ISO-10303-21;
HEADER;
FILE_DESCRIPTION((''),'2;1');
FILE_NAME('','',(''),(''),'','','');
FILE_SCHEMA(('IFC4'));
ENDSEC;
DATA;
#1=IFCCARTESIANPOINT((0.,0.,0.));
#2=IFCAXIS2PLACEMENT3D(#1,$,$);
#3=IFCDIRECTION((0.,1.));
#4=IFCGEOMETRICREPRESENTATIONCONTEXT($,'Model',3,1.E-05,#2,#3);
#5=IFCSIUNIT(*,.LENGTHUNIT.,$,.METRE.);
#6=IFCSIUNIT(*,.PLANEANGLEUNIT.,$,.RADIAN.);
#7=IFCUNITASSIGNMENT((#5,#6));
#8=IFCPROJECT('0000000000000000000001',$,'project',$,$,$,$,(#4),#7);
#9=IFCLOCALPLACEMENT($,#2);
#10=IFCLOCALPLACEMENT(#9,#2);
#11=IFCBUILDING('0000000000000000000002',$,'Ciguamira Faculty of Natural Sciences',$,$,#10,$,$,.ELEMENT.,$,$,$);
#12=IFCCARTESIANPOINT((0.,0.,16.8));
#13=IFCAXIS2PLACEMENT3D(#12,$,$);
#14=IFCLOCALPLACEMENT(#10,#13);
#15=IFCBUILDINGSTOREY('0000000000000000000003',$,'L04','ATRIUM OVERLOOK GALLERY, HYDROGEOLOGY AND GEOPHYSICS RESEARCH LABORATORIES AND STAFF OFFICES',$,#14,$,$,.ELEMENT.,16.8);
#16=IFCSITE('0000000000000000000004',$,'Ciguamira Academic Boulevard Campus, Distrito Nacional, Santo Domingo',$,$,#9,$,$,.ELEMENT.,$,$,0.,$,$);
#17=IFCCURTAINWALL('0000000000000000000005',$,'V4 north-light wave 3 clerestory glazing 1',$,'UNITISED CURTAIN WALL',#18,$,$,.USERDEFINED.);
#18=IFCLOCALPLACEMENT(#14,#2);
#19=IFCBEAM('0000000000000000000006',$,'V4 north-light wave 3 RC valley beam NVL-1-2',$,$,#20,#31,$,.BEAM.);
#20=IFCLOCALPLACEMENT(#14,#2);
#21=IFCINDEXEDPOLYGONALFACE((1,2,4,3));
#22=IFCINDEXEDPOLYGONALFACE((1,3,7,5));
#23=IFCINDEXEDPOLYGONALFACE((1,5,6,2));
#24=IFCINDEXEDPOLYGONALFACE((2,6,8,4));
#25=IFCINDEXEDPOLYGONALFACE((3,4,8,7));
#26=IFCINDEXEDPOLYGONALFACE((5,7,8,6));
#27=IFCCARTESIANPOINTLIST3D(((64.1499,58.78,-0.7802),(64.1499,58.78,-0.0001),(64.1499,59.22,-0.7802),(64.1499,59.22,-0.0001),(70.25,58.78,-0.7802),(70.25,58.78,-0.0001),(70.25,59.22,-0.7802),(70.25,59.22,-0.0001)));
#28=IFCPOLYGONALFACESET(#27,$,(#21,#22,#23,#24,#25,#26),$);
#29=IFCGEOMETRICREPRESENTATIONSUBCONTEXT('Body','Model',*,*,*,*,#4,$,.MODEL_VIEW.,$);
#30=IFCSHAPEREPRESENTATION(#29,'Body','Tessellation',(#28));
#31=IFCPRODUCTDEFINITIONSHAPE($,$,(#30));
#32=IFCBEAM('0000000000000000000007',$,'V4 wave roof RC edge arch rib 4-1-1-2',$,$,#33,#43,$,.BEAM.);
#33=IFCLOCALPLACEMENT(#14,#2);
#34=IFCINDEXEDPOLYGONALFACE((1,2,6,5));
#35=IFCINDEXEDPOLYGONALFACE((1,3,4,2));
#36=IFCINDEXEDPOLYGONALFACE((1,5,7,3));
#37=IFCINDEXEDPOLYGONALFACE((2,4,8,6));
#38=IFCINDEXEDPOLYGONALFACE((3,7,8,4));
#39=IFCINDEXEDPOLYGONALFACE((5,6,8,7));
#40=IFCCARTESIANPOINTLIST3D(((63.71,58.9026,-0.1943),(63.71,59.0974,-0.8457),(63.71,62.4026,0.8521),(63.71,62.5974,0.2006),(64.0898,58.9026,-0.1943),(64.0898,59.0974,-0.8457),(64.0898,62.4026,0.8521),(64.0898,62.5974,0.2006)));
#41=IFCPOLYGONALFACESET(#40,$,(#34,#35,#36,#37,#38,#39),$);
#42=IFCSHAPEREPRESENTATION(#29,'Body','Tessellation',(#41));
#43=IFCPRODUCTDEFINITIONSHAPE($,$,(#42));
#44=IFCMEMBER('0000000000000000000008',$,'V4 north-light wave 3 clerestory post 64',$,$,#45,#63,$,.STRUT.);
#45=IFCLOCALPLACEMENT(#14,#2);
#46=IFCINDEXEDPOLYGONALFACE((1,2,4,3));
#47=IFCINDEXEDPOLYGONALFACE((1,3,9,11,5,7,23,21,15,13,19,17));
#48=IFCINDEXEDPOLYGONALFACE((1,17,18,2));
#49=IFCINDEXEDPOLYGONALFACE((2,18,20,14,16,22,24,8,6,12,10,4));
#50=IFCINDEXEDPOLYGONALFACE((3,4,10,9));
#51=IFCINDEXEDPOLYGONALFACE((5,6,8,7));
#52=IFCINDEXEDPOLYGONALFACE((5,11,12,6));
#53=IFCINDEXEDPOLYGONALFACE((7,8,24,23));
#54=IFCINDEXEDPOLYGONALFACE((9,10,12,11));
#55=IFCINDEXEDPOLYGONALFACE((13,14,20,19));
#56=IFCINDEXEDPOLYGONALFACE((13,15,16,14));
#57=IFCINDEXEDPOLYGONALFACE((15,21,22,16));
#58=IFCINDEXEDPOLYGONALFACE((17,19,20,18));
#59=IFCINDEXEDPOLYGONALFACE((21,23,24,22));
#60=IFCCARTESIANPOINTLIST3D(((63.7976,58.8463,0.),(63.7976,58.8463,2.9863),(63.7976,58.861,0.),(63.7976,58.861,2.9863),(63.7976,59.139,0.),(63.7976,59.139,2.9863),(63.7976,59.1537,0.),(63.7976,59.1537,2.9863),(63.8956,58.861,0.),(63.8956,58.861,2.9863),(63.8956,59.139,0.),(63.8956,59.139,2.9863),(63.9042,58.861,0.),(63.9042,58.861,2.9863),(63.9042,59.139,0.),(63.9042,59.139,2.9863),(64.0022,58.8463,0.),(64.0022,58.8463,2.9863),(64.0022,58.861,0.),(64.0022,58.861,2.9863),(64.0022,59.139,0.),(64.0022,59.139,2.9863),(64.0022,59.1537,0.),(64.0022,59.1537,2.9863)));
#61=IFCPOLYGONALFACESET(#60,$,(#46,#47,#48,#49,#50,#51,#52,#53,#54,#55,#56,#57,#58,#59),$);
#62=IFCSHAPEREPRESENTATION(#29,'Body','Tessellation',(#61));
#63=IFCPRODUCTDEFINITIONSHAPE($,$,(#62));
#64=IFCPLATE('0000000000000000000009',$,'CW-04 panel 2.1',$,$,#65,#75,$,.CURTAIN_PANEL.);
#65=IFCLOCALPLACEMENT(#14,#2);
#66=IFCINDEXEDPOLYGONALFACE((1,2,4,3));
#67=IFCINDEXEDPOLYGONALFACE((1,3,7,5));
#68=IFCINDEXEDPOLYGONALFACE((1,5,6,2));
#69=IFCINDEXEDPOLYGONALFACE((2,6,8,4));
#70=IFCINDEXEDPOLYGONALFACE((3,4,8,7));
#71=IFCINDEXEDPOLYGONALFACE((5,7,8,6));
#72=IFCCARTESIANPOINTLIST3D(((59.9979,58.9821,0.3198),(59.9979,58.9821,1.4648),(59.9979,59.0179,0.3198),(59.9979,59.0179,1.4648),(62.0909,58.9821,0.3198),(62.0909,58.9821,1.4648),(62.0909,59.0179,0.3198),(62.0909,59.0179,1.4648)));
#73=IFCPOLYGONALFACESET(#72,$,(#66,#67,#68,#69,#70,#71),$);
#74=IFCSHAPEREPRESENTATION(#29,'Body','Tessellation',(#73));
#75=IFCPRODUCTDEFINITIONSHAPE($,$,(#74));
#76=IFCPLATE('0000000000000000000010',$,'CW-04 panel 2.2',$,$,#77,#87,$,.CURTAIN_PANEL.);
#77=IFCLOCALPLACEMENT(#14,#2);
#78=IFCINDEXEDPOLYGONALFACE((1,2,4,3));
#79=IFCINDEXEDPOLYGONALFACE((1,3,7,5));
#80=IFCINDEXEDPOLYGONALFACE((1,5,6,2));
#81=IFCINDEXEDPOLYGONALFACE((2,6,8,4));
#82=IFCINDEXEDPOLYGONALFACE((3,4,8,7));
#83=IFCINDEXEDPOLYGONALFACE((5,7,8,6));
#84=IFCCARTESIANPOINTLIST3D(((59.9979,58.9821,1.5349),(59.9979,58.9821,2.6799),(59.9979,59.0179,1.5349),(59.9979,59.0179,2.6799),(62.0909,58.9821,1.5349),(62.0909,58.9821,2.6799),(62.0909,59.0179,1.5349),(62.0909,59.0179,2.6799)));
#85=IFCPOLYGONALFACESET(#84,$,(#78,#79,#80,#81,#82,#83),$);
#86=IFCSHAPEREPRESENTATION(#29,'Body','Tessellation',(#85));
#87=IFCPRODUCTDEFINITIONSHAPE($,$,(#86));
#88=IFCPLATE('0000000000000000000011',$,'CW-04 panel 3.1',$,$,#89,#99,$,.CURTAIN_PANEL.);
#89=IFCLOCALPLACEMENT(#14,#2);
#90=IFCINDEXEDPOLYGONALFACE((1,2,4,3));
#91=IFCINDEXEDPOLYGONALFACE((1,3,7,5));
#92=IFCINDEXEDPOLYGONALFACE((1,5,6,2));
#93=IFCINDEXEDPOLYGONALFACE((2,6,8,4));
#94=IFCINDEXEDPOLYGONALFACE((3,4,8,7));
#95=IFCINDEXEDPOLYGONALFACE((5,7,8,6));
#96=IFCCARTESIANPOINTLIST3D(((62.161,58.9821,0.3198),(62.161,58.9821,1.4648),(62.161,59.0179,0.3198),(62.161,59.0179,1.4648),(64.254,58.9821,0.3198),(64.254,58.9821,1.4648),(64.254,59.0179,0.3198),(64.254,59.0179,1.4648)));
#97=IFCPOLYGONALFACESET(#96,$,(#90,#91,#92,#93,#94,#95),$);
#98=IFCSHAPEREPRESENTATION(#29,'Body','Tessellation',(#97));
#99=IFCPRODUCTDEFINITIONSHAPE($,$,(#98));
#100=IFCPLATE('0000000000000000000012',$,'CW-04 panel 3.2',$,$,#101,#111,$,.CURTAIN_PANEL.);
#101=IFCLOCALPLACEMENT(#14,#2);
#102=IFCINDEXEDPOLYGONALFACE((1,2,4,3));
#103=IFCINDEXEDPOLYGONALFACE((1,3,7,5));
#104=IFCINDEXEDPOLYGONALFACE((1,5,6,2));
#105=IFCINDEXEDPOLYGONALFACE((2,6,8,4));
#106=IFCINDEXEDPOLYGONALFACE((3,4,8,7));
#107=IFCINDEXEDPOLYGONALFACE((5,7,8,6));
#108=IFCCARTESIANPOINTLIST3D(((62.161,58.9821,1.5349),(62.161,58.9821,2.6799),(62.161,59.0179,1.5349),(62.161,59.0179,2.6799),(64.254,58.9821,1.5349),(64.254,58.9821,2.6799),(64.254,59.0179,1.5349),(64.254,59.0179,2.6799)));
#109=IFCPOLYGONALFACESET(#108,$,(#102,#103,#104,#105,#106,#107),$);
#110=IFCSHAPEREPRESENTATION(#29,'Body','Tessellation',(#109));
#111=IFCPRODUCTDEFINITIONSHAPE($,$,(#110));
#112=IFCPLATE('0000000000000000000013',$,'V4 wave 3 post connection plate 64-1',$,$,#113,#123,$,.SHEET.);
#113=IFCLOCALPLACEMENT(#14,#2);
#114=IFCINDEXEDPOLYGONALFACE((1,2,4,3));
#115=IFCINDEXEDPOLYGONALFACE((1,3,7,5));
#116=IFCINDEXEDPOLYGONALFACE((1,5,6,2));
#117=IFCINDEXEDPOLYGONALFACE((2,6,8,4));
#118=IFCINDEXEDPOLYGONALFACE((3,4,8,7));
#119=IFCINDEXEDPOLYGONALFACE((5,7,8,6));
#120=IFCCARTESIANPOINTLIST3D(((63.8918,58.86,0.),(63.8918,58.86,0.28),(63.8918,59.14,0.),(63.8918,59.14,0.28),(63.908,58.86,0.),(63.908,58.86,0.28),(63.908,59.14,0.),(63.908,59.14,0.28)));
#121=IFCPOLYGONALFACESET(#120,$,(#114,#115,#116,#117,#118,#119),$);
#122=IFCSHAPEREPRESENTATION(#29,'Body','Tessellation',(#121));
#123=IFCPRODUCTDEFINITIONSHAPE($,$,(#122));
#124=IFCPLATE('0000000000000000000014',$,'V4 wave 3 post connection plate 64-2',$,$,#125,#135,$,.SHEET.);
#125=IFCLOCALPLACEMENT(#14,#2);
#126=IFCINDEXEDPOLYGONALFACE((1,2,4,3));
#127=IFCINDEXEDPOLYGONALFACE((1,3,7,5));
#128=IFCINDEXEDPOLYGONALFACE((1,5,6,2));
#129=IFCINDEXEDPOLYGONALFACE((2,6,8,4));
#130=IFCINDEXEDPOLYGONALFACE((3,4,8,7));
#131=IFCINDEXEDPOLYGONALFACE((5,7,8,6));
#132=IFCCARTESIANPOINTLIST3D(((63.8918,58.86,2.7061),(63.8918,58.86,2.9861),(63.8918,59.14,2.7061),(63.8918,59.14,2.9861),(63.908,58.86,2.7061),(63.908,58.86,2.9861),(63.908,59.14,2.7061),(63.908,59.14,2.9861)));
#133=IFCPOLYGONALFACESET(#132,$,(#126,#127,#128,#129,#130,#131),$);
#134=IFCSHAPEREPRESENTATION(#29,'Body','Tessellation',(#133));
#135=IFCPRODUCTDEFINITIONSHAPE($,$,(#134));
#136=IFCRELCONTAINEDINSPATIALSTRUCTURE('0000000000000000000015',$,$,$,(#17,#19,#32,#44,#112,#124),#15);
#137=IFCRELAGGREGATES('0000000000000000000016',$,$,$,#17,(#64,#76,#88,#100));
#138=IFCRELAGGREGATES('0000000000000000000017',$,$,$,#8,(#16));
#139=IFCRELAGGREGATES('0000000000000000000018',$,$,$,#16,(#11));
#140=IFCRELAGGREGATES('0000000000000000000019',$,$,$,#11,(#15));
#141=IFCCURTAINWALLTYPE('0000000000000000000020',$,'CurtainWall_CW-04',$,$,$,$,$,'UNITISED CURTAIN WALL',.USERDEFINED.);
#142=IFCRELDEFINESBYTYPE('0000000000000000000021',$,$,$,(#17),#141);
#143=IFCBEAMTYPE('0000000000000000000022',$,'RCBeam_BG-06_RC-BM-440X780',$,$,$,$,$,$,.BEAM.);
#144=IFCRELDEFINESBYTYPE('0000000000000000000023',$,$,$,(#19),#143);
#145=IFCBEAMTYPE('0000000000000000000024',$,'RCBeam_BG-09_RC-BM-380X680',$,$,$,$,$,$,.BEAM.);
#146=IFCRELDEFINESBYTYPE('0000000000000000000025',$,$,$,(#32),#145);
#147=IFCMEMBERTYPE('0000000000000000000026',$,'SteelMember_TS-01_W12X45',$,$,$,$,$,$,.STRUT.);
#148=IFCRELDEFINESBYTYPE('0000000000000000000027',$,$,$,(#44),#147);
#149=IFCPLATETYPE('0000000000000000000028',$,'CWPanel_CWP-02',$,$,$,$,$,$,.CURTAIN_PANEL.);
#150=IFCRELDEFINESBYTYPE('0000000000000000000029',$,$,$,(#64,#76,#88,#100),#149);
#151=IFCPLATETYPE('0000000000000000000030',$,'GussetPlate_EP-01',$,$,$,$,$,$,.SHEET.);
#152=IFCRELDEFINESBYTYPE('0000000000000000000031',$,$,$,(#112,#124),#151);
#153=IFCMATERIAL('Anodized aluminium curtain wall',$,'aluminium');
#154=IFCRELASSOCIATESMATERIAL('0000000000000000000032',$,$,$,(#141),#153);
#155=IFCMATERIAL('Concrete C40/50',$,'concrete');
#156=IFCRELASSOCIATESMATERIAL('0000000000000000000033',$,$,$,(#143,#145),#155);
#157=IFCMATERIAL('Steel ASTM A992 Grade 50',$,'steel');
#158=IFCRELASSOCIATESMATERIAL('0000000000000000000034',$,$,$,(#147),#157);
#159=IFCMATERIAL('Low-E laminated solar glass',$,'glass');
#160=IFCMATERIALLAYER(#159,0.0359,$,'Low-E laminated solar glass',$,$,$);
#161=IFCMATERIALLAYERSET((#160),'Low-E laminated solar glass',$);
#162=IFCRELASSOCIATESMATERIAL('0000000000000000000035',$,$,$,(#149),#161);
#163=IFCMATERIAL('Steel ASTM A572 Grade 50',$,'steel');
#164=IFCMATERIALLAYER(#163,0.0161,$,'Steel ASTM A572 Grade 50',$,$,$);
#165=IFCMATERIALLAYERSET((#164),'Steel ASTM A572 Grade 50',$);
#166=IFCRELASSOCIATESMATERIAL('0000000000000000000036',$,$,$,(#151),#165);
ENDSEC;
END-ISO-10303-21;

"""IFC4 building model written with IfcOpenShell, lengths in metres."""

from ifc_helpers import new_model, si_unit, direction, frame, origin, origin_2d, place, context, subcontext, project, spatial, rectangle, i_section, extrude, material, layer, layer_set, material_profile, profile_set, type_object, element, aggregate, save


model = new_model("IFC4")

# Units and contexts
model_context = context("Model", 3, precision=1e-05, world=origin(), true_north=direction((0.0, 1.0)))
body_context = subcontext(model_context, "Body", "Model", "MODEL_VIEW")
ifc_project = project(units=[si_unit("LENGTHUNIT", "METRE"), si_unit("PLANEANGLEUNIT", "RADIAN")], contexts=[model_context])

# Site, building, storey
site_placement = place(None, origin())
site = spatial("IfcSite", under=ifc_project, at=site_placement, Name="Ciguamira Academic Boulevard Campus, Distrito Nacional, Santo Domingo", CompositionType="ELEMENT", RefElevation=0.0)
building_placement = place(site_placement, origin())
building = spatial("IfcBuilding", under=site, at=building_placement, Name="Ciguamira Faculty of Natural Sciences", CompositionType="ELEMENT")
storey_placement = place(building_placement, frame((0.0, 0.0, 16.8)))
storey = spatial("IfcBuildingStorey", under=building, at=storey_placement, Name="L04", Description="ATRIUM OVERLOOK GALLERY, HYDROGEOLOGY AND GEOPHYSICS RESEARCH LABORATORIES AND STAFF OFFICES", CompositionType="ELEMENT", Elevation=16.8)

# Curtain wall
ifc_material_1 = material(Name="Anodized aluminium curtain wall", Category="aluminium")
curtain_wall_type_1 = type_object("IfcCurtainWallType", Name="CurtainWall_CW-04", ElementType="UNITISED CURTAIN WALL", PredefinedType="USERDEFINED", material=ifc_material_1)
curtain_wall_1_placement = place(storey_placement, origin())
curtain_wall_1 = element("IfcCurtainWall", 1, at=curtain_wall_1_placement, inside=storey, type_object=curtain_wall_type_1, Name="V4 north-light wave 3 clerestory glazing 1", ObjectType="UNITISED CURTAIN WALL", PredefinedType="USERDEFINED")

# Beams
ifc_material_2 = material(Name="Concrete C40/50", Category="concrete")
ifc_material_profile_1 = material_profile(ifc_material_2, rectangle(XDim=0.4399, YDim=0.78, at=origin_2d()), Name="RC-BM-440X780")
ifc_profile_set_1 = profile_set([ifc_material_profile_1], Name="Concrete C40/50")
beam_type_1 = type_object("IfcBeamType", Name="RCBeam_BG-06_RC-BM-440X780", PredefinedType="BEAM", material=ifc_profile_set_1)
beam_1_placement = place(storey_placement, frame((64.1499, 59.0, -0.3901), z_axis=(1.0, 0.0, 0.0), x_axis=(0.0, 1.0, 0.0)))
element("IfcBeam", 2, at=beam_1_placement, inside=storey, type_object=beam_type_1, Name="V4 north-light wave 3 RC valley beam NVL-1-2", PredefinedType="BEAM", context=body_context, shape_type="SweptSolid", body=[
    extrude(rectangle(XDim=0.4399, YDim=0.78, at=origin_2d()), origin(), (0.0, 0.0, 1.0), 6.1001),
])
ifc_material_profile_2 = material_profile(ifc_material_2, rectangle(XDim=0.3799, YDim=0.6799, at=origin_2d()), Name="RC-BM-380X680")
ifc_profile_set_2 = profile_set([ifc_material_profile_2], Name="Concrete C40/50")
beam_type_2 = type_object("IfcBeamType", Name="RCBeam_BG-09_RC-BM-380X680", PredefinedType="BEAM", material=ifc_profile_set_2)
beam_2_placement = place(storey_placement, frame((63.8999, 59.0, -0.52), z_axis=(0.0, 0.958098, 0.28644), x_axis=(-1.0, 0.0, 0.0)))
element("IfcBeam", 3, at=beam_2_placement, inside=storey, type_object=beam_type_2, Name="V4 wave roof RC edge arch rib 4-1-1-2", PredefinedType="BEAM", context=body_context, shape_type="SweptSolid", body=[
    extrude(rectangle(XDim=0.3799, YDim=0.6799, at=origin_2d()), origin(), (0.0, 0.0, 1.0), 3.6531),
])

# Member
ifc_material_3 = material(Name="Steel ASTM A992 Grade 50", Category="steel")
ifc_material_profile_3 = material_profile(ifc_material_3, i_section(OverallWidth=0.2046, OverallDepth=0.3074, WebThickness=0.0085, FlangeThickness=0.0146, at=origin_2d()), Name="W12X45")
ifc_profile_set_3 = profile_set([ifc_material_profile_3], Name="Steel ASTM A992 Grade 50")
member_type_1 = type_object("IfcMemberType", Name="SteelMember_TS-01_W12X45", PredefinedType="STRUT", material=ifc_profile_set_3)
member_1_placement = place(storey_placement, frame((63.8999, 59.0, 0.0), z_axis=(0.0, 0.0, 1.0), x_axis=(1.0, 0.0, 0.0)))
element("IfcMember", 4, at=member_1_placement, inside=storey, type_object=member_type_1, Name="V4 north-light wave 3 clerestory post 64", PredefinedType="STRUT", context=body_context, shape_type="SweptSolid", body=[
    extrude(i_section(OverallWidth=0.2046, OverallDepth=0.3074, WebThickness=0.0085, FlangeThickness=0.0146, at=origin_2d()), origin(), (0.0, 0.0, 1.0), 2.9863),
])

# Plates
ifc_material_4 = material(Name="Low-E laminated solar glass", Category="glass")
ifc_layer_1 = layer(ifc_material_4, 0.0359, Name="Low-E laminated solar glass")
ifc_layer_set_1 = layer_set([ifc_layer_1], Name="Low-E laminated solar glass")
plate_type_1 = type_object("IfcPlateType", Name="CWPanel_CWP-02", PredefinedType="CURTAIN_PANEL", material=ifc_layer_set_1)
plate_1_placement = place(storey_placement, frame((61.0444, 59.0, 0.3198), z_axis=(0.0, 0.0, 1.0), x_axis=(1.0, 0.0, 0.0)))
plate_1 = element("IfcPlate", 5, at=plate_1_placement, type_object=plate_type_1, Name="CW-04 panel 2.1", PredefinedType="CURTAIN_PANEL", context=body_context, shape_type="SweptSolid", body=[
    extrude(rectangle(XDim=2.093, YDim=0.0359, at=origin_2d()), origin(), (0.0, 0.0, 1.0), 1.145),
])
plate_2_placement = place(storey_placement, frame((61.0444, 59.0, 1.5349), z_axis=(0.0, 0.0, 1.0), x_axis=(1.0, 0.0, 0.0)))
plate_2 = element("IfcPlate", 6, at=plate_2_placement, type_object=plate_type_1, Name="CW-04 panel 2.2", PredefinedType="CURTAIN_PANEL", context=body_context, shape_type="SweptSolid", body=[
    extrude(rectangle(XDim=2.093, YDim=0.0359, at=origin_2d()), origin(), (0.0, 0.0, 1.0), 1.145),
])
plate_3_placement = place(storey_placement, frame((63.2075, 59.0, 0.3198), z_axis=(0.0, 0.0, 1.0), x_axis=(1.0, 0.0, 0.0)))
plate_3 = element("IfcPlate", 7, at=plate_3_placement, type_object=plate_type_1, Name="CW-04 panel 3.1", PredefinedType="CURTAIN_PANEL", context=body_context, shape_type="SweptSolid", body=[
    extrude(rectangle(XDim=2.093, YDim=0.0359, at=origin_2d()), origin(), (0.0, 0.0, 1.0), 1.145),
])
plate_4_placement = place(storey_placement, frame((63.2075, 59.0, 1.5349), z_axis=(0.0, 0.0, 1.0), x_axis=(1.0, 0.0, 0.0)))
plate_4 = element("IfcPlate", 8, at=plate_4_placement, type_object=plate_type_1, Name="CW-04 panel 3.2", PredefinedType="CURTAIN_PANEL", context=body_context, shape_type="SweptSolid", body=[
    extrude(rectangle(XDim=2.093, YDim=0.0359, at=origin_2d()), origin(), (0.0, 0.0, 1.0), 1.145),
])
aggregate(curtain_wall_1, [plate_1, plate_2, plate_3, plate_4])

# Plates
ifc_material_5 = material(Name="Steel ASTM A572 Grade 50", Category="steel")
ifc_layer_2 = layer(ifc_material_5, 0.0161, Name="Steel ASTM A572 Grade 50")
ifc_layer_set_2 = layer_set([ifc_layer_2], Name="Steel ASTM A572 Grade 50")
plate_type_2 = type_object("IfcPlateType", Name="GussetPlate_EP-01", PredefinedType="SHEET", material=ifc_layer_set_2)
for number, where, z_axis, x_axis, name in (
    (9, (63.8999, 59.0, 0.0), (0.0, 0.0, 1.0), (1.0, 0.0, 0.0), "V4 wave 3 post connection plate 64-1"),
    (10, (63.8999, 59.0, 2.7061), (0.0, 0.0, 1.0), (1.0, 0.0, 0.0), "V4 wave 3 post connection plate 64-2"),
):
    element("IfcPlate", number, at=place(storey_placement, frame(where, z_axis=z_axis, x_axis=x_axis)), inside=storey, type_object=plate_type_2, Name=name, PredefinedType="SHEET", context=body_context, shape_type="SweptSolid", body=[
        extrude(rectangle(XDim=0.0161, YDim=0.28, at=origin_2d()), origin(), (0.0, 0.0, 1.0), 0.28),
    ])

save(model, "model.ifc")
